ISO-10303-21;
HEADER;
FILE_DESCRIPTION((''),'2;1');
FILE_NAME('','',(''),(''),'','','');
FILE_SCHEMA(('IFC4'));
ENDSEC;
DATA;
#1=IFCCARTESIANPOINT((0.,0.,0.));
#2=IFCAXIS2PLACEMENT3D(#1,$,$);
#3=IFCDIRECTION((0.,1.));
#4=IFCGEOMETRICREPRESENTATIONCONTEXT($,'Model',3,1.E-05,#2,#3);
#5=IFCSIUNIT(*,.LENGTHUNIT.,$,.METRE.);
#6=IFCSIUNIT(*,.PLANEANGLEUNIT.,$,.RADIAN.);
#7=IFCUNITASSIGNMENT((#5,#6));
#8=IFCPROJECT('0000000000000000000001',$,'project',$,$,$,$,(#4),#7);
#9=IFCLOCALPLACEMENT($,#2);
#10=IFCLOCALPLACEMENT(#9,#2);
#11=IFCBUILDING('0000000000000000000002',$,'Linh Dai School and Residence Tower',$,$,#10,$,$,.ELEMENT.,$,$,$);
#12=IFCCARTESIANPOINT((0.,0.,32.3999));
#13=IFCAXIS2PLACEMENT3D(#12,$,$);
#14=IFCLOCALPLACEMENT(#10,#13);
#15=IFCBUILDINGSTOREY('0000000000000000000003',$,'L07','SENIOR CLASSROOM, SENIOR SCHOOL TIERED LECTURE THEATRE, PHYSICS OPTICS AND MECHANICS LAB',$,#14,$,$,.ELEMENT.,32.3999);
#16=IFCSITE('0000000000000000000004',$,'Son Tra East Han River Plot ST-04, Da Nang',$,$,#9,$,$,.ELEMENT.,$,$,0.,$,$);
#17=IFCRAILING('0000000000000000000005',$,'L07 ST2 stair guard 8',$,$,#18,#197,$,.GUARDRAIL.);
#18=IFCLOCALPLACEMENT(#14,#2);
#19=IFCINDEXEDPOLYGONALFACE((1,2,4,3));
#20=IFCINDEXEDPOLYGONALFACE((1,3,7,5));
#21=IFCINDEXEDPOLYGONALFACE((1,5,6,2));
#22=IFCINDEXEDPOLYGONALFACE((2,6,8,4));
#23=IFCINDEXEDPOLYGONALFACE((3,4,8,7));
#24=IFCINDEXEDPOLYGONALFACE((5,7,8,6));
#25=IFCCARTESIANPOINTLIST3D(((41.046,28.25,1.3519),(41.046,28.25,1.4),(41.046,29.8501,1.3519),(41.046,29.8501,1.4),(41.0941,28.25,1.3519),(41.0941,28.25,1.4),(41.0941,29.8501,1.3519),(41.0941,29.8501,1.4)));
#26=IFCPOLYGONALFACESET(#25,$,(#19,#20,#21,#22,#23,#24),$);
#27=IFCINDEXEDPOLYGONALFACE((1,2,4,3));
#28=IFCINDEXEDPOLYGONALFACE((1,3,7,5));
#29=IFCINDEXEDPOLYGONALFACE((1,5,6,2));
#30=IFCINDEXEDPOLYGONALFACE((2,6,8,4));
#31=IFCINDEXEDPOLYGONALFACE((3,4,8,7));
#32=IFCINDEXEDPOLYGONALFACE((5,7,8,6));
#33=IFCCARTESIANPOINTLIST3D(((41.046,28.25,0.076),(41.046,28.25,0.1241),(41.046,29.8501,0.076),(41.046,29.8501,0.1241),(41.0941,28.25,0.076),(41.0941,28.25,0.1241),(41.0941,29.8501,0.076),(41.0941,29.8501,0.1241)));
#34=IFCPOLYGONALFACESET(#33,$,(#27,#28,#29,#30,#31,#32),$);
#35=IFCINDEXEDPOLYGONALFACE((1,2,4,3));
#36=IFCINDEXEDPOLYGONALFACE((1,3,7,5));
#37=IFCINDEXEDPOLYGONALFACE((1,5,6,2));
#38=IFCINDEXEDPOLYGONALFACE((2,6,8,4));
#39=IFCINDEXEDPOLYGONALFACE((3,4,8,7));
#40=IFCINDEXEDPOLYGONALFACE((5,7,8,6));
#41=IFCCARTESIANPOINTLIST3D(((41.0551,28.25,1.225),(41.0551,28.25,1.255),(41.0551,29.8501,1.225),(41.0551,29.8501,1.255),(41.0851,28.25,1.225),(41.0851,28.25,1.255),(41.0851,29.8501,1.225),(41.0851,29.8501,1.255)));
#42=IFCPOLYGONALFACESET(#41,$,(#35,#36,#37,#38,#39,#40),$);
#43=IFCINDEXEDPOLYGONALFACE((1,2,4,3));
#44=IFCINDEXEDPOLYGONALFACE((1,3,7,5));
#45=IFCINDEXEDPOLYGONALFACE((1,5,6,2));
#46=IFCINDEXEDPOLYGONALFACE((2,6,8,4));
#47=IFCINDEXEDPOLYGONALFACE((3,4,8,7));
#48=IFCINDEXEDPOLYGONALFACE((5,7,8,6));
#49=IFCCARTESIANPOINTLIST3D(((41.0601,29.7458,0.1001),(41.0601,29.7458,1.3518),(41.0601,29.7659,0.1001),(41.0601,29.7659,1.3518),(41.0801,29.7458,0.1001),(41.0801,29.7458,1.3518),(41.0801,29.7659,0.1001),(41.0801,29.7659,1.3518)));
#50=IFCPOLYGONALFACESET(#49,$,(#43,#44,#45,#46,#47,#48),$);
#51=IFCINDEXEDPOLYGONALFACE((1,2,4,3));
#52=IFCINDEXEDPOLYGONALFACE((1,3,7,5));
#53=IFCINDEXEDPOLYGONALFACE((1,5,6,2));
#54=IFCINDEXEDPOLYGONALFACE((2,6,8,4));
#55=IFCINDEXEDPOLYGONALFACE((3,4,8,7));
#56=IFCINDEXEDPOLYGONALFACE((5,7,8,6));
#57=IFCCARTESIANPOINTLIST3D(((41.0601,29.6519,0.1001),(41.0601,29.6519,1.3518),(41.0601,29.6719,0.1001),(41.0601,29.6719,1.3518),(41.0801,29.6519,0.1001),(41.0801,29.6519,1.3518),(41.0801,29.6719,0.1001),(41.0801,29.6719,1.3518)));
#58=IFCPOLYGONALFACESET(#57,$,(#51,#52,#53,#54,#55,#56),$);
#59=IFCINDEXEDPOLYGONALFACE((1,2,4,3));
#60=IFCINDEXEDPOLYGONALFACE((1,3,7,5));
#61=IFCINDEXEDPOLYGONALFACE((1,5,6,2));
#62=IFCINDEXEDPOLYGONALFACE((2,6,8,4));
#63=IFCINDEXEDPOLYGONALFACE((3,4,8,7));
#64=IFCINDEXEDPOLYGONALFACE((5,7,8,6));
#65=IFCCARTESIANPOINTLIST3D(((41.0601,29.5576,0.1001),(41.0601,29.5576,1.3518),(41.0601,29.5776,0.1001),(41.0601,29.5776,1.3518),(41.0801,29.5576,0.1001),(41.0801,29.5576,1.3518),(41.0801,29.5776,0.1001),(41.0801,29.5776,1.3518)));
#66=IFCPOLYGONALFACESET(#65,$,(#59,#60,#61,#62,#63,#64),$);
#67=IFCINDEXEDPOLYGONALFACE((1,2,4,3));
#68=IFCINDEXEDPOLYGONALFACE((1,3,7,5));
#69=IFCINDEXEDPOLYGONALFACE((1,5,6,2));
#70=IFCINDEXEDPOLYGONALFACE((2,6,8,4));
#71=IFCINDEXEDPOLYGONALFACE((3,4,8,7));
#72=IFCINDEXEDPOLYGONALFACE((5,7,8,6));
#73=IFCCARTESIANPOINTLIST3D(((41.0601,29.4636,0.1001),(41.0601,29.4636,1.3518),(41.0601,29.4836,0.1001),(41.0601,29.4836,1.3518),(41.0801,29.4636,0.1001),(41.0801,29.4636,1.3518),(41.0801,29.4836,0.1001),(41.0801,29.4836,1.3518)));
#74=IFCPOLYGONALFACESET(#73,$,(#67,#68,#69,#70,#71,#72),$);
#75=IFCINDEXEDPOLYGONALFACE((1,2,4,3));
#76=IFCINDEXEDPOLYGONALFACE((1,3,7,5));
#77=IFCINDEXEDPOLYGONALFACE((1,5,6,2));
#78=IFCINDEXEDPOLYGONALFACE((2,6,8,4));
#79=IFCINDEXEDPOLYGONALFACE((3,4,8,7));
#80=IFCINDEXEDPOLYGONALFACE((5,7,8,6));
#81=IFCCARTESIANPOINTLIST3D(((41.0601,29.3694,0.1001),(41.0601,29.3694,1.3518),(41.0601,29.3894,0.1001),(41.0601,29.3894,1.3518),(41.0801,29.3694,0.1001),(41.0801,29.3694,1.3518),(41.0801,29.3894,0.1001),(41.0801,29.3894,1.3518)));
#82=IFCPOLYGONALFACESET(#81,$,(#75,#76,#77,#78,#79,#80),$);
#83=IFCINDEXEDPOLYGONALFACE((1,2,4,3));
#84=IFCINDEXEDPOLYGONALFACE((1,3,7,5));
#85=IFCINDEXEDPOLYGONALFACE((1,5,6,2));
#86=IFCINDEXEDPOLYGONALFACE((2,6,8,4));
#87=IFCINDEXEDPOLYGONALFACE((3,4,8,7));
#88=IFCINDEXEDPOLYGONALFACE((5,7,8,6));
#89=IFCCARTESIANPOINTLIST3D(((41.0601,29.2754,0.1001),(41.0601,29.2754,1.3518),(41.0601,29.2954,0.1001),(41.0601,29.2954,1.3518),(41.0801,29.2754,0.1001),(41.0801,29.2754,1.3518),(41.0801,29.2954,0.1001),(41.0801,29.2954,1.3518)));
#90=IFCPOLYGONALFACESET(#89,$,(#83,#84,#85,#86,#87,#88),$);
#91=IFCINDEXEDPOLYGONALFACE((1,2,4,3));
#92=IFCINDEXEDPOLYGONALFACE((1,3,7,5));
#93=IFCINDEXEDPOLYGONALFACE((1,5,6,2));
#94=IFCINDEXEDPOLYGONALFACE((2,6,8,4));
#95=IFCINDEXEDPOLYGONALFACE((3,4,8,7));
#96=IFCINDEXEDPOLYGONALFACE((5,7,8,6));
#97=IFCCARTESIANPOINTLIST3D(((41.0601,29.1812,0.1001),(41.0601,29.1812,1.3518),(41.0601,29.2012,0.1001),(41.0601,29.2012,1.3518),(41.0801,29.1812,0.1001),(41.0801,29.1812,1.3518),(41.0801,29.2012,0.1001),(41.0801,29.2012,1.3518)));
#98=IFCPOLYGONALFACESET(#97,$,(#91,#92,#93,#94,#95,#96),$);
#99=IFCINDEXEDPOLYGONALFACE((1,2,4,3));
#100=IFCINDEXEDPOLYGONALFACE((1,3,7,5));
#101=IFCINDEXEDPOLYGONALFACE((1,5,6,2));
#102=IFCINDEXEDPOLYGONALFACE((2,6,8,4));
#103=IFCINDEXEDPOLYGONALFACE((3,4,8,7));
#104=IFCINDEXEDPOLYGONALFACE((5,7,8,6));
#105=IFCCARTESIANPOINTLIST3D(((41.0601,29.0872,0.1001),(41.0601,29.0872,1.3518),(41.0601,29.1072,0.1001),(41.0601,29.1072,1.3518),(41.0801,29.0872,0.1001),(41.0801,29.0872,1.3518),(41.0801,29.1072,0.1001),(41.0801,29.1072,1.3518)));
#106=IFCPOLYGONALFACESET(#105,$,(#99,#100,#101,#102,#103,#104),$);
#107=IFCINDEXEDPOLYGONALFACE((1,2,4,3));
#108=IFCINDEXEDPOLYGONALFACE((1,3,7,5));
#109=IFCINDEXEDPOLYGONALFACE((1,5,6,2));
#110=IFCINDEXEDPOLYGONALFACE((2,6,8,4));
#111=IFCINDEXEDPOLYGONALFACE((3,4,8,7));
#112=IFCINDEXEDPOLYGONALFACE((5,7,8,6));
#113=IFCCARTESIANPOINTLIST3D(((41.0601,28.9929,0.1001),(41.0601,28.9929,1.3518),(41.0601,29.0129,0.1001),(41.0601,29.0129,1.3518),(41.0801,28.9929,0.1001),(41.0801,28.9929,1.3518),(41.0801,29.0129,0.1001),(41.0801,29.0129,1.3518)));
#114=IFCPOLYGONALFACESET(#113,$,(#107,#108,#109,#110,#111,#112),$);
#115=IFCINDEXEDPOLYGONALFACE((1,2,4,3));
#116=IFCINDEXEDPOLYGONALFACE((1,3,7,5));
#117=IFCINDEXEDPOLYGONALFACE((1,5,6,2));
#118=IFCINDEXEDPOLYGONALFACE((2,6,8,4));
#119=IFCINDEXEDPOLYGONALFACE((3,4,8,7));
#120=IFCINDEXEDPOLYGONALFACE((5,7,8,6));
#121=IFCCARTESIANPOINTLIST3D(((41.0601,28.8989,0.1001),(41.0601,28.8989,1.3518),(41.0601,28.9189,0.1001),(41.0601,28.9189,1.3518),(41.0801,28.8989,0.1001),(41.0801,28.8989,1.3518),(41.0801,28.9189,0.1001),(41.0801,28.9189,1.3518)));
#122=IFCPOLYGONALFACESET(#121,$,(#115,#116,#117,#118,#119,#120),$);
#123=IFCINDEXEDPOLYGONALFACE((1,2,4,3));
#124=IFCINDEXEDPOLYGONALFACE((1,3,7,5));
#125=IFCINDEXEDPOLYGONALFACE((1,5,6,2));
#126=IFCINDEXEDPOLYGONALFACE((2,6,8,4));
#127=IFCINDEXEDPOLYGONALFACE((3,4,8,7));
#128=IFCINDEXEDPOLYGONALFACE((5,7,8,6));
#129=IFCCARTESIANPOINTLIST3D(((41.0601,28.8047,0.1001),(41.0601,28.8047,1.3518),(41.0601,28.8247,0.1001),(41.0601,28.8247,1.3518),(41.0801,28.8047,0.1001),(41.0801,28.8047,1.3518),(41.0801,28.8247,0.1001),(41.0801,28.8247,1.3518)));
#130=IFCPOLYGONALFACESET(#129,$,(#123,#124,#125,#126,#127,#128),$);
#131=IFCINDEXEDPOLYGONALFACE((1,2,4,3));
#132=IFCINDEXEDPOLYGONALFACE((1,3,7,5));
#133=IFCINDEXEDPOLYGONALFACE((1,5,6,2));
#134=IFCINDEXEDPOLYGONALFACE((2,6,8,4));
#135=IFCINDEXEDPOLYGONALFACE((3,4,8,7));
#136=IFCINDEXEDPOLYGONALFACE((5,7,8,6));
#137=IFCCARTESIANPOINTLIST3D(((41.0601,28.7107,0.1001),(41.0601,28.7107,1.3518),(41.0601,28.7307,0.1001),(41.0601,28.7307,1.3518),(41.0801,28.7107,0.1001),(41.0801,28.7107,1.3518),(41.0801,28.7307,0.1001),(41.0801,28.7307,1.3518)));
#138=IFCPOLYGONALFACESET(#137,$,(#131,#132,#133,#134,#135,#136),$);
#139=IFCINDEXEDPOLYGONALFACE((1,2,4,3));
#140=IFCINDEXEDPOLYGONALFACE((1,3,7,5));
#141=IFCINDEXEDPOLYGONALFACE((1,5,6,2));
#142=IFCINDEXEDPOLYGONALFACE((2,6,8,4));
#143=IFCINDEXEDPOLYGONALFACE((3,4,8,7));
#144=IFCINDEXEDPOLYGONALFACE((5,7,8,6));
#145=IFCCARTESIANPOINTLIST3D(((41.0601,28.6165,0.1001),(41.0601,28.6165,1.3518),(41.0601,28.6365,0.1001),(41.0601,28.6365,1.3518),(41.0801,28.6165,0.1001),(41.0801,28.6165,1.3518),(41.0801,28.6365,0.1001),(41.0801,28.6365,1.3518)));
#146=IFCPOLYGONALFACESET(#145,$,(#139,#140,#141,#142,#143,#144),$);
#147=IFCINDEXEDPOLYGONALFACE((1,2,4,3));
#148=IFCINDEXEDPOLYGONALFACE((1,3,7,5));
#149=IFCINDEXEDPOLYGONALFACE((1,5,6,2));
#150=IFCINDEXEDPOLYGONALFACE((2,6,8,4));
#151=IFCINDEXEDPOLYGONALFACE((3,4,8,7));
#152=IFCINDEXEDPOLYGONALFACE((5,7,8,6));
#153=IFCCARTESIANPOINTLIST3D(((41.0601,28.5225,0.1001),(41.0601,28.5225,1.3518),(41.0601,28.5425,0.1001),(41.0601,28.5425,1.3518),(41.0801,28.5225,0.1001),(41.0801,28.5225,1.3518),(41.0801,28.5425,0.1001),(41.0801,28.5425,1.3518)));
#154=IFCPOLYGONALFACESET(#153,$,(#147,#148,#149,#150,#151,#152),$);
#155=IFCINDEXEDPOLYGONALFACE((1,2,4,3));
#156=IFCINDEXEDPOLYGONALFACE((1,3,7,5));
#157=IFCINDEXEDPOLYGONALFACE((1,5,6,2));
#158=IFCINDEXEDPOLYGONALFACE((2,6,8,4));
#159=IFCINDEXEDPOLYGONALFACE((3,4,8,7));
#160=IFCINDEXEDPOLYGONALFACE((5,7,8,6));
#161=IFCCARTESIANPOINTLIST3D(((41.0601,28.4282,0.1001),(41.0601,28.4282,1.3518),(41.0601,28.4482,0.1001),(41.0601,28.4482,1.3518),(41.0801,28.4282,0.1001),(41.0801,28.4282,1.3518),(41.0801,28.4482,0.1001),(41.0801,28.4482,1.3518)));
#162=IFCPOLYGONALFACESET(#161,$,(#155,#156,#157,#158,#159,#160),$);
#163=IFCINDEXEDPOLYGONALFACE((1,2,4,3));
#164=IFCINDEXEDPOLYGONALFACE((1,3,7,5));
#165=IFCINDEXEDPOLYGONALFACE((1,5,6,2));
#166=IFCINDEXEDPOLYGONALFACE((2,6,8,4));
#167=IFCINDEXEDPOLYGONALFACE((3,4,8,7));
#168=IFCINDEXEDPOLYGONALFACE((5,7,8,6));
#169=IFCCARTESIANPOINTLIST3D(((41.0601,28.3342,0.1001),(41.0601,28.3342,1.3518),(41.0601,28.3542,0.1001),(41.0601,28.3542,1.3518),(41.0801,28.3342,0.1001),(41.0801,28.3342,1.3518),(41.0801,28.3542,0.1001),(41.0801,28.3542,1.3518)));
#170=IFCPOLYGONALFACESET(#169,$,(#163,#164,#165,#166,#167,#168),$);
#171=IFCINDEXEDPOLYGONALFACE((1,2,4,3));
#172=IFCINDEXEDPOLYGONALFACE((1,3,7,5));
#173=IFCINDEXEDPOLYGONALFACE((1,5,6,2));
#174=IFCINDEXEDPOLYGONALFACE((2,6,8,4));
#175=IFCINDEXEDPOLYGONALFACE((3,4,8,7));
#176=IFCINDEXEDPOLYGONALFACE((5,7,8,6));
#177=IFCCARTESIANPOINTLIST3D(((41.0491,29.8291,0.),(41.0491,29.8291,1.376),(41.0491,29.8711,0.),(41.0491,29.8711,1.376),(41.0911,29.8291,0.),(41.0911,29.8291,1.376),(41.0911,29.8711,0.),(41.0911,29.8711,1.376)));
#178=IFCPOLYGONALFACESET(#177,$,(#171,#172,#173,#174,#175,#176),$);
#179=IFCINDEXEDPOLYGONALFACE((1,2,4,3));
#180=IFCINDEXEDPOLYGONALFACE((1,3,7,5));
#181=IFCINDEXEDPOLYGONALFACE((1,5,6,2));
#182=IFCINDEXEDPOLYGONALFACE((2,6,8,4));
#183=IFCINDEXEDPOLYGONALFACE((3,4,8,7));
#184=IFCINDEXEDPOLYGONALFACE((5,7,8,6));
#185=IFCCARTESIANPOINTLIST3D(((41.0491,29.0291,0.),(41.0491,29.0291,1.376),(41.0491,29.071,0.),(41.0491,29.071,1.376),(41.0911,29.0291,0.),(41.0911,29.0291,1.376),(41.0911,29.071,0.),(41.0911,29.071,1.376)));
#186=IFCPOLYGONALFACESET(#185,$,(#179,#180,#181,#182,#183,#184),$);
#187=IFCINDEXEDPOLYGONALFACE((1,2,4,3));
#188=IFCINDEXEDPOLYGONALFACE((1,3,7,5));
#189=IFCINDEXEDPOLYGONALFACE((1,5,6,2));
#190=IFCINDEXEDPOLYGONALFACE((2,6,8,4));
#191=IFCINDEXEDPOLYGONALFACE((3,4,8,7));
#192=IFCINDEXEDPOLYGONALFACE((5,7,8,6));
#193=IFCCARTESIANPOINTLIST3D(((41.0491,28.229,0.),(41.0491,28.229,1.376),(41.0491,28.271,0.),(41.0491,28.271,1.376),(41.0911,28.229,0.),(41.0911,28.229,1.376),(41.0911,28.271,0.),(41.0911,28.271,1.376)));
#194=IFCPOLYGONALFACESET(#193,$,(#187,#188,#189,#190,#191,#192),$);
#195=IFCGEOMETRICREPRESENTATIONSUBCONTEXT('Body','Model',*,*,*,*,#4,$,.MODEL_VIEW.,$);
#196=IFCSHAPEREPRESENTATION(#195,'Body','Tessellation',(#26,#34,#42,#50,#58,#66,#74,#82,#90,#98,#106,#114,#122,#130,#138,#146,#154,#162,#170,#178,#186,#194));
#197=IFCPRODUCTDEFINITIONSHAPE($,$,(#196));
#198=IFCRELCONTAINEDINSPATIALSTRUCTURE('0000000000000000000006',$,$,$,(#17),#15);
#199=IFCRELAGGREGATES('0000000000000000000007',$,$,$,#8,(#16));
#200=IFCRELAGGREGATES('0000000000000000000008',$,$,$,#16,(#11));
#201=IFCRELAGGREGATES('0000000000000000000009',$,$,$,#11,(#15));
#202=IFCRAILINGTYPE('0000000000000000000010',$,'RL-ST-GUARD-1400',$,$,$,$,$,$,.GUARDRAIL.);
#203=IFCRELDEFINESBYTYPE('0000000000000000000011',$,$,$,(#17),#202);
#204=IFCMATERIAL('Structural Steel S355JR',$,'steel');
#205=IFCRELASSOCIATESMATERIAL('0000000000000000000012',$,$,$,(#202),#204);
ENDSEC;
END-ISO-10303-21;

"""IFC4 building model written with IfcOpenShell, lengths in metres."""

from ifc_helpers import new_model, si_unit, direction, frame, origin, origin_2d, place, context, subcontext, project, spatial, rectangle, extrude, source, transform, mapped, material, type_object, element, save


model = new_model("IFC4")

# Units and contexts
model_context = context("Model", 3, precision=1e-05, world=origin(), true_north=direction((0.0, 1.0)))
body_context = subcontext(model_context, "Body", "Model", "MODEL_VIEW")
ifc_project = project(units=[si_unit("LENGTHUNIT", "METRE"), si_unit("PLANEANGLEUNIT", "RADIAN")], contexts=[model_context])

# Site, building, storey
site_placement = place(None, origin())
site = spatial("IfcSite", under=ifc_project, at=site_placement, Name="Son Tra East Han River Plot ST-04, Da Nang", CompositionType="ELEMENT", RefElevation=0.0)
building_placement = place(site_placement, origin())
building = spatial("IfcBuilding", under=site, at=building_placement, Name="Linh Dai School and Residence Tower", CompositionType="ELEMENT")
storey_placement = place(building_placement, frame((0.0, 0.0, 32.3999)))
storey = spatial("IfcBuildingStorey", under=building, at=storey_placement, Name="L07", Description="SENIOR CLASSROOM, SENIOR SCHOOL TIERED LECTURE THEATRE, PHYSICS OPTICS AND MECHANICS LAB", CompositionType="ELEMENT", Elevation=32.3999)

# Shared definitions
ifc_material_1 = material(Name="Structural Steel S355JR", Category="steel")

# Railing
railing_type_1 = type_object("IfcRailingType", Name="RL-ST-GUARD-1400", PredefinedType="GUARDRAIL", material=ifc_material_1)
shared_shape_1 = source(origin(), body_context, "Body", "SweptSolid", [
    extrude(rectangle(XDim=0.0481, YDim=0.0481, at=origin_2d()), frame((0.0, 0.0, 1.376), z_axis=(0.0, -1.0, 0.0), x_axis=(1.0, 0.0, 0.0)), (0.0, 0.0, 1.0), 1.6001),
    extrude(rectangle(XDim=0.0481, YDim=0.0481, at=origin_2d()), frame((0.0, 0.0, 0.1001), z_axis=(0.0, -1.0, 0.0), x_axis=(1.0, 0.0, 0.0)), (0.0, 0.0, 1.0), 1.6001),
    extrude(rectangle(XDim=0.03, YDim=0.03, at=origin_2d()), frame((0.0, 0.0, 1.24), z_axis=(0.0, -1.0, 0.0), x_axis=(1.0, 0.0, 0.0)), (0.0, 0.0, 1.0), 1.6001),
    extrude(rectangle(XDim=0.02, YDim=0.02, at=origin_2d()), frame((0.0, -0.0942, 0.1001)), (0.0, 0.0, 1.0), 1.2517),
    extrude(rectangle(XDim=0.02, YDim=0.02, at=origin_2d()), frame((0.0, -0.1882, 0.1001)), (0.0, 0.0, 1.0), 1.2517),
    extrude(rectangle(XDim=0.02, YDim=0.02, at=origin_2d()), frame((0.0, -0.2825, 0.1001)), (0.0, 0.0, 1.0), 1.2517),
    extrude(rectangle(XDim=0.02, YDim=0.02, at=origin_2d()), frame((0.0, -0.3765, 0.1001)), (0.0, 0.0, 1.0), 1.2517),
    extrude(rectangle(XDim=0.02, YDim=0.02, at=origin_2d()), frame((0.0, -0.4707, 0.1001)), (0.0, 0.0, 1.0), 1.2517),
    extrude(rectangle(XDim=0.02, YDim=0.02, at=origin_2d()), frame((0.0, -0.5647, 0.1001)), (0.0, 0.0, 1.0), 1.2517),
    extrude(rectangle(XDim=0.02, YDim=0.02, at=origin_2d()), frame((0.0, -0.6589, 0.1001)), (0.0, 0.0, 1.0), 1.2517),
    extrude(rectangle(XDim=0.02, YDim=0.02, at=origin_2d()), frame((0.0, -0.7529, 0.1001)), (0.0, 0.0, 1.0), 1.2517),
    extrude(rectangle(XDim=0.02, YDim=0.02, at=origin_2d()), frame((0.0, -0.8472, 0.1001)), (0.0, 0.0, 1.0), 1.2517),
    extrude(rectangle(XDim=0.02, YDim=0.02, at=origin_2d()), frame((0.0, -0.9412, 0.1001)), (0.0, 0.0, 1.0), 1.2517),
    extrude(rectangle(XDim=0.02, YDim=0.02, at=origin_2d()), frame((0.0, -1.0354, 0.1001)), (0.0, 0.0, 1.0), 1.2517),
    extrude(rectangle(XDim=0.02, YDim=0.02, at=origin_2d()), frame((0.0, -1.1294, 0.1001)), (0.0, 0.0, 1.0), 1.2517),
    extrude(rectangle(XDim=0.02, YDim=0.02, at=origin_2d()), frame((0.0, -1.2236, 0.1001)), (0.0, 0.0, 1.0), 1.2517),
    extrude(rectangle(XDim=0.02, YDim=0.02, at=origin_2d()), frame((0.0, -1.3176, 0.1001)), (0.0, 0.0, 1.0), 1.2517),
    extrude(rectangle(XDim=0.02, YDim=0.02, at=origin_2d()), frame((0.0, -1.4119, 0.1001)), (0.0, 0.0, 1.0), 1.2517),
    extrude(rectangle(XDim=0.02, YDim=0.02, at=origin_2d()), frame((0.0, -1.5059, 0.1001)), (0.0, 0.0, 1.0), 1.2517),
    extrude(rectangle(XDim=0.042, YDim=0.042, at=origin_2d()), origin(), (0.0, 0.0, 1.0), 1.376),
    extrude(rectangle(XDim=0.042, YDim=0.042, at=origin_2d()), frame((0.0, -0.8, 0.0)), (0.0, 0.0, 1.0), 1.376),
    extrude(rectangle(XDim=0.042, YDim=0.042, at=origin_2d()), frame((0.0, -1.6001, 0.0)), (0.0, 0.0, 1.0), 1.376),
])
for number, where, name in (
    (1, (41.0701, 29.8501, 0.0), "L07 ST2 stair guard 8"),
):
    element("IfcRailing", number, at=place(storey_placement, frame(where)), inside=storey, type_object=railing_type_1, Name=name, PredefinedType="GUARDRAIL", context=body_context, shape_type="MappedRepresentation", body=[
        mapped(shared_shape_1, transform((0.0, 0.0, 0.0), x_axis=(1.0, 0.0, 0.0), y_axis=(0.0, 1.0, 0.0), z_axis=(0.0, 0.0, 1.0), scale=1.0)),
    ])

save(model, "model.ifc")
